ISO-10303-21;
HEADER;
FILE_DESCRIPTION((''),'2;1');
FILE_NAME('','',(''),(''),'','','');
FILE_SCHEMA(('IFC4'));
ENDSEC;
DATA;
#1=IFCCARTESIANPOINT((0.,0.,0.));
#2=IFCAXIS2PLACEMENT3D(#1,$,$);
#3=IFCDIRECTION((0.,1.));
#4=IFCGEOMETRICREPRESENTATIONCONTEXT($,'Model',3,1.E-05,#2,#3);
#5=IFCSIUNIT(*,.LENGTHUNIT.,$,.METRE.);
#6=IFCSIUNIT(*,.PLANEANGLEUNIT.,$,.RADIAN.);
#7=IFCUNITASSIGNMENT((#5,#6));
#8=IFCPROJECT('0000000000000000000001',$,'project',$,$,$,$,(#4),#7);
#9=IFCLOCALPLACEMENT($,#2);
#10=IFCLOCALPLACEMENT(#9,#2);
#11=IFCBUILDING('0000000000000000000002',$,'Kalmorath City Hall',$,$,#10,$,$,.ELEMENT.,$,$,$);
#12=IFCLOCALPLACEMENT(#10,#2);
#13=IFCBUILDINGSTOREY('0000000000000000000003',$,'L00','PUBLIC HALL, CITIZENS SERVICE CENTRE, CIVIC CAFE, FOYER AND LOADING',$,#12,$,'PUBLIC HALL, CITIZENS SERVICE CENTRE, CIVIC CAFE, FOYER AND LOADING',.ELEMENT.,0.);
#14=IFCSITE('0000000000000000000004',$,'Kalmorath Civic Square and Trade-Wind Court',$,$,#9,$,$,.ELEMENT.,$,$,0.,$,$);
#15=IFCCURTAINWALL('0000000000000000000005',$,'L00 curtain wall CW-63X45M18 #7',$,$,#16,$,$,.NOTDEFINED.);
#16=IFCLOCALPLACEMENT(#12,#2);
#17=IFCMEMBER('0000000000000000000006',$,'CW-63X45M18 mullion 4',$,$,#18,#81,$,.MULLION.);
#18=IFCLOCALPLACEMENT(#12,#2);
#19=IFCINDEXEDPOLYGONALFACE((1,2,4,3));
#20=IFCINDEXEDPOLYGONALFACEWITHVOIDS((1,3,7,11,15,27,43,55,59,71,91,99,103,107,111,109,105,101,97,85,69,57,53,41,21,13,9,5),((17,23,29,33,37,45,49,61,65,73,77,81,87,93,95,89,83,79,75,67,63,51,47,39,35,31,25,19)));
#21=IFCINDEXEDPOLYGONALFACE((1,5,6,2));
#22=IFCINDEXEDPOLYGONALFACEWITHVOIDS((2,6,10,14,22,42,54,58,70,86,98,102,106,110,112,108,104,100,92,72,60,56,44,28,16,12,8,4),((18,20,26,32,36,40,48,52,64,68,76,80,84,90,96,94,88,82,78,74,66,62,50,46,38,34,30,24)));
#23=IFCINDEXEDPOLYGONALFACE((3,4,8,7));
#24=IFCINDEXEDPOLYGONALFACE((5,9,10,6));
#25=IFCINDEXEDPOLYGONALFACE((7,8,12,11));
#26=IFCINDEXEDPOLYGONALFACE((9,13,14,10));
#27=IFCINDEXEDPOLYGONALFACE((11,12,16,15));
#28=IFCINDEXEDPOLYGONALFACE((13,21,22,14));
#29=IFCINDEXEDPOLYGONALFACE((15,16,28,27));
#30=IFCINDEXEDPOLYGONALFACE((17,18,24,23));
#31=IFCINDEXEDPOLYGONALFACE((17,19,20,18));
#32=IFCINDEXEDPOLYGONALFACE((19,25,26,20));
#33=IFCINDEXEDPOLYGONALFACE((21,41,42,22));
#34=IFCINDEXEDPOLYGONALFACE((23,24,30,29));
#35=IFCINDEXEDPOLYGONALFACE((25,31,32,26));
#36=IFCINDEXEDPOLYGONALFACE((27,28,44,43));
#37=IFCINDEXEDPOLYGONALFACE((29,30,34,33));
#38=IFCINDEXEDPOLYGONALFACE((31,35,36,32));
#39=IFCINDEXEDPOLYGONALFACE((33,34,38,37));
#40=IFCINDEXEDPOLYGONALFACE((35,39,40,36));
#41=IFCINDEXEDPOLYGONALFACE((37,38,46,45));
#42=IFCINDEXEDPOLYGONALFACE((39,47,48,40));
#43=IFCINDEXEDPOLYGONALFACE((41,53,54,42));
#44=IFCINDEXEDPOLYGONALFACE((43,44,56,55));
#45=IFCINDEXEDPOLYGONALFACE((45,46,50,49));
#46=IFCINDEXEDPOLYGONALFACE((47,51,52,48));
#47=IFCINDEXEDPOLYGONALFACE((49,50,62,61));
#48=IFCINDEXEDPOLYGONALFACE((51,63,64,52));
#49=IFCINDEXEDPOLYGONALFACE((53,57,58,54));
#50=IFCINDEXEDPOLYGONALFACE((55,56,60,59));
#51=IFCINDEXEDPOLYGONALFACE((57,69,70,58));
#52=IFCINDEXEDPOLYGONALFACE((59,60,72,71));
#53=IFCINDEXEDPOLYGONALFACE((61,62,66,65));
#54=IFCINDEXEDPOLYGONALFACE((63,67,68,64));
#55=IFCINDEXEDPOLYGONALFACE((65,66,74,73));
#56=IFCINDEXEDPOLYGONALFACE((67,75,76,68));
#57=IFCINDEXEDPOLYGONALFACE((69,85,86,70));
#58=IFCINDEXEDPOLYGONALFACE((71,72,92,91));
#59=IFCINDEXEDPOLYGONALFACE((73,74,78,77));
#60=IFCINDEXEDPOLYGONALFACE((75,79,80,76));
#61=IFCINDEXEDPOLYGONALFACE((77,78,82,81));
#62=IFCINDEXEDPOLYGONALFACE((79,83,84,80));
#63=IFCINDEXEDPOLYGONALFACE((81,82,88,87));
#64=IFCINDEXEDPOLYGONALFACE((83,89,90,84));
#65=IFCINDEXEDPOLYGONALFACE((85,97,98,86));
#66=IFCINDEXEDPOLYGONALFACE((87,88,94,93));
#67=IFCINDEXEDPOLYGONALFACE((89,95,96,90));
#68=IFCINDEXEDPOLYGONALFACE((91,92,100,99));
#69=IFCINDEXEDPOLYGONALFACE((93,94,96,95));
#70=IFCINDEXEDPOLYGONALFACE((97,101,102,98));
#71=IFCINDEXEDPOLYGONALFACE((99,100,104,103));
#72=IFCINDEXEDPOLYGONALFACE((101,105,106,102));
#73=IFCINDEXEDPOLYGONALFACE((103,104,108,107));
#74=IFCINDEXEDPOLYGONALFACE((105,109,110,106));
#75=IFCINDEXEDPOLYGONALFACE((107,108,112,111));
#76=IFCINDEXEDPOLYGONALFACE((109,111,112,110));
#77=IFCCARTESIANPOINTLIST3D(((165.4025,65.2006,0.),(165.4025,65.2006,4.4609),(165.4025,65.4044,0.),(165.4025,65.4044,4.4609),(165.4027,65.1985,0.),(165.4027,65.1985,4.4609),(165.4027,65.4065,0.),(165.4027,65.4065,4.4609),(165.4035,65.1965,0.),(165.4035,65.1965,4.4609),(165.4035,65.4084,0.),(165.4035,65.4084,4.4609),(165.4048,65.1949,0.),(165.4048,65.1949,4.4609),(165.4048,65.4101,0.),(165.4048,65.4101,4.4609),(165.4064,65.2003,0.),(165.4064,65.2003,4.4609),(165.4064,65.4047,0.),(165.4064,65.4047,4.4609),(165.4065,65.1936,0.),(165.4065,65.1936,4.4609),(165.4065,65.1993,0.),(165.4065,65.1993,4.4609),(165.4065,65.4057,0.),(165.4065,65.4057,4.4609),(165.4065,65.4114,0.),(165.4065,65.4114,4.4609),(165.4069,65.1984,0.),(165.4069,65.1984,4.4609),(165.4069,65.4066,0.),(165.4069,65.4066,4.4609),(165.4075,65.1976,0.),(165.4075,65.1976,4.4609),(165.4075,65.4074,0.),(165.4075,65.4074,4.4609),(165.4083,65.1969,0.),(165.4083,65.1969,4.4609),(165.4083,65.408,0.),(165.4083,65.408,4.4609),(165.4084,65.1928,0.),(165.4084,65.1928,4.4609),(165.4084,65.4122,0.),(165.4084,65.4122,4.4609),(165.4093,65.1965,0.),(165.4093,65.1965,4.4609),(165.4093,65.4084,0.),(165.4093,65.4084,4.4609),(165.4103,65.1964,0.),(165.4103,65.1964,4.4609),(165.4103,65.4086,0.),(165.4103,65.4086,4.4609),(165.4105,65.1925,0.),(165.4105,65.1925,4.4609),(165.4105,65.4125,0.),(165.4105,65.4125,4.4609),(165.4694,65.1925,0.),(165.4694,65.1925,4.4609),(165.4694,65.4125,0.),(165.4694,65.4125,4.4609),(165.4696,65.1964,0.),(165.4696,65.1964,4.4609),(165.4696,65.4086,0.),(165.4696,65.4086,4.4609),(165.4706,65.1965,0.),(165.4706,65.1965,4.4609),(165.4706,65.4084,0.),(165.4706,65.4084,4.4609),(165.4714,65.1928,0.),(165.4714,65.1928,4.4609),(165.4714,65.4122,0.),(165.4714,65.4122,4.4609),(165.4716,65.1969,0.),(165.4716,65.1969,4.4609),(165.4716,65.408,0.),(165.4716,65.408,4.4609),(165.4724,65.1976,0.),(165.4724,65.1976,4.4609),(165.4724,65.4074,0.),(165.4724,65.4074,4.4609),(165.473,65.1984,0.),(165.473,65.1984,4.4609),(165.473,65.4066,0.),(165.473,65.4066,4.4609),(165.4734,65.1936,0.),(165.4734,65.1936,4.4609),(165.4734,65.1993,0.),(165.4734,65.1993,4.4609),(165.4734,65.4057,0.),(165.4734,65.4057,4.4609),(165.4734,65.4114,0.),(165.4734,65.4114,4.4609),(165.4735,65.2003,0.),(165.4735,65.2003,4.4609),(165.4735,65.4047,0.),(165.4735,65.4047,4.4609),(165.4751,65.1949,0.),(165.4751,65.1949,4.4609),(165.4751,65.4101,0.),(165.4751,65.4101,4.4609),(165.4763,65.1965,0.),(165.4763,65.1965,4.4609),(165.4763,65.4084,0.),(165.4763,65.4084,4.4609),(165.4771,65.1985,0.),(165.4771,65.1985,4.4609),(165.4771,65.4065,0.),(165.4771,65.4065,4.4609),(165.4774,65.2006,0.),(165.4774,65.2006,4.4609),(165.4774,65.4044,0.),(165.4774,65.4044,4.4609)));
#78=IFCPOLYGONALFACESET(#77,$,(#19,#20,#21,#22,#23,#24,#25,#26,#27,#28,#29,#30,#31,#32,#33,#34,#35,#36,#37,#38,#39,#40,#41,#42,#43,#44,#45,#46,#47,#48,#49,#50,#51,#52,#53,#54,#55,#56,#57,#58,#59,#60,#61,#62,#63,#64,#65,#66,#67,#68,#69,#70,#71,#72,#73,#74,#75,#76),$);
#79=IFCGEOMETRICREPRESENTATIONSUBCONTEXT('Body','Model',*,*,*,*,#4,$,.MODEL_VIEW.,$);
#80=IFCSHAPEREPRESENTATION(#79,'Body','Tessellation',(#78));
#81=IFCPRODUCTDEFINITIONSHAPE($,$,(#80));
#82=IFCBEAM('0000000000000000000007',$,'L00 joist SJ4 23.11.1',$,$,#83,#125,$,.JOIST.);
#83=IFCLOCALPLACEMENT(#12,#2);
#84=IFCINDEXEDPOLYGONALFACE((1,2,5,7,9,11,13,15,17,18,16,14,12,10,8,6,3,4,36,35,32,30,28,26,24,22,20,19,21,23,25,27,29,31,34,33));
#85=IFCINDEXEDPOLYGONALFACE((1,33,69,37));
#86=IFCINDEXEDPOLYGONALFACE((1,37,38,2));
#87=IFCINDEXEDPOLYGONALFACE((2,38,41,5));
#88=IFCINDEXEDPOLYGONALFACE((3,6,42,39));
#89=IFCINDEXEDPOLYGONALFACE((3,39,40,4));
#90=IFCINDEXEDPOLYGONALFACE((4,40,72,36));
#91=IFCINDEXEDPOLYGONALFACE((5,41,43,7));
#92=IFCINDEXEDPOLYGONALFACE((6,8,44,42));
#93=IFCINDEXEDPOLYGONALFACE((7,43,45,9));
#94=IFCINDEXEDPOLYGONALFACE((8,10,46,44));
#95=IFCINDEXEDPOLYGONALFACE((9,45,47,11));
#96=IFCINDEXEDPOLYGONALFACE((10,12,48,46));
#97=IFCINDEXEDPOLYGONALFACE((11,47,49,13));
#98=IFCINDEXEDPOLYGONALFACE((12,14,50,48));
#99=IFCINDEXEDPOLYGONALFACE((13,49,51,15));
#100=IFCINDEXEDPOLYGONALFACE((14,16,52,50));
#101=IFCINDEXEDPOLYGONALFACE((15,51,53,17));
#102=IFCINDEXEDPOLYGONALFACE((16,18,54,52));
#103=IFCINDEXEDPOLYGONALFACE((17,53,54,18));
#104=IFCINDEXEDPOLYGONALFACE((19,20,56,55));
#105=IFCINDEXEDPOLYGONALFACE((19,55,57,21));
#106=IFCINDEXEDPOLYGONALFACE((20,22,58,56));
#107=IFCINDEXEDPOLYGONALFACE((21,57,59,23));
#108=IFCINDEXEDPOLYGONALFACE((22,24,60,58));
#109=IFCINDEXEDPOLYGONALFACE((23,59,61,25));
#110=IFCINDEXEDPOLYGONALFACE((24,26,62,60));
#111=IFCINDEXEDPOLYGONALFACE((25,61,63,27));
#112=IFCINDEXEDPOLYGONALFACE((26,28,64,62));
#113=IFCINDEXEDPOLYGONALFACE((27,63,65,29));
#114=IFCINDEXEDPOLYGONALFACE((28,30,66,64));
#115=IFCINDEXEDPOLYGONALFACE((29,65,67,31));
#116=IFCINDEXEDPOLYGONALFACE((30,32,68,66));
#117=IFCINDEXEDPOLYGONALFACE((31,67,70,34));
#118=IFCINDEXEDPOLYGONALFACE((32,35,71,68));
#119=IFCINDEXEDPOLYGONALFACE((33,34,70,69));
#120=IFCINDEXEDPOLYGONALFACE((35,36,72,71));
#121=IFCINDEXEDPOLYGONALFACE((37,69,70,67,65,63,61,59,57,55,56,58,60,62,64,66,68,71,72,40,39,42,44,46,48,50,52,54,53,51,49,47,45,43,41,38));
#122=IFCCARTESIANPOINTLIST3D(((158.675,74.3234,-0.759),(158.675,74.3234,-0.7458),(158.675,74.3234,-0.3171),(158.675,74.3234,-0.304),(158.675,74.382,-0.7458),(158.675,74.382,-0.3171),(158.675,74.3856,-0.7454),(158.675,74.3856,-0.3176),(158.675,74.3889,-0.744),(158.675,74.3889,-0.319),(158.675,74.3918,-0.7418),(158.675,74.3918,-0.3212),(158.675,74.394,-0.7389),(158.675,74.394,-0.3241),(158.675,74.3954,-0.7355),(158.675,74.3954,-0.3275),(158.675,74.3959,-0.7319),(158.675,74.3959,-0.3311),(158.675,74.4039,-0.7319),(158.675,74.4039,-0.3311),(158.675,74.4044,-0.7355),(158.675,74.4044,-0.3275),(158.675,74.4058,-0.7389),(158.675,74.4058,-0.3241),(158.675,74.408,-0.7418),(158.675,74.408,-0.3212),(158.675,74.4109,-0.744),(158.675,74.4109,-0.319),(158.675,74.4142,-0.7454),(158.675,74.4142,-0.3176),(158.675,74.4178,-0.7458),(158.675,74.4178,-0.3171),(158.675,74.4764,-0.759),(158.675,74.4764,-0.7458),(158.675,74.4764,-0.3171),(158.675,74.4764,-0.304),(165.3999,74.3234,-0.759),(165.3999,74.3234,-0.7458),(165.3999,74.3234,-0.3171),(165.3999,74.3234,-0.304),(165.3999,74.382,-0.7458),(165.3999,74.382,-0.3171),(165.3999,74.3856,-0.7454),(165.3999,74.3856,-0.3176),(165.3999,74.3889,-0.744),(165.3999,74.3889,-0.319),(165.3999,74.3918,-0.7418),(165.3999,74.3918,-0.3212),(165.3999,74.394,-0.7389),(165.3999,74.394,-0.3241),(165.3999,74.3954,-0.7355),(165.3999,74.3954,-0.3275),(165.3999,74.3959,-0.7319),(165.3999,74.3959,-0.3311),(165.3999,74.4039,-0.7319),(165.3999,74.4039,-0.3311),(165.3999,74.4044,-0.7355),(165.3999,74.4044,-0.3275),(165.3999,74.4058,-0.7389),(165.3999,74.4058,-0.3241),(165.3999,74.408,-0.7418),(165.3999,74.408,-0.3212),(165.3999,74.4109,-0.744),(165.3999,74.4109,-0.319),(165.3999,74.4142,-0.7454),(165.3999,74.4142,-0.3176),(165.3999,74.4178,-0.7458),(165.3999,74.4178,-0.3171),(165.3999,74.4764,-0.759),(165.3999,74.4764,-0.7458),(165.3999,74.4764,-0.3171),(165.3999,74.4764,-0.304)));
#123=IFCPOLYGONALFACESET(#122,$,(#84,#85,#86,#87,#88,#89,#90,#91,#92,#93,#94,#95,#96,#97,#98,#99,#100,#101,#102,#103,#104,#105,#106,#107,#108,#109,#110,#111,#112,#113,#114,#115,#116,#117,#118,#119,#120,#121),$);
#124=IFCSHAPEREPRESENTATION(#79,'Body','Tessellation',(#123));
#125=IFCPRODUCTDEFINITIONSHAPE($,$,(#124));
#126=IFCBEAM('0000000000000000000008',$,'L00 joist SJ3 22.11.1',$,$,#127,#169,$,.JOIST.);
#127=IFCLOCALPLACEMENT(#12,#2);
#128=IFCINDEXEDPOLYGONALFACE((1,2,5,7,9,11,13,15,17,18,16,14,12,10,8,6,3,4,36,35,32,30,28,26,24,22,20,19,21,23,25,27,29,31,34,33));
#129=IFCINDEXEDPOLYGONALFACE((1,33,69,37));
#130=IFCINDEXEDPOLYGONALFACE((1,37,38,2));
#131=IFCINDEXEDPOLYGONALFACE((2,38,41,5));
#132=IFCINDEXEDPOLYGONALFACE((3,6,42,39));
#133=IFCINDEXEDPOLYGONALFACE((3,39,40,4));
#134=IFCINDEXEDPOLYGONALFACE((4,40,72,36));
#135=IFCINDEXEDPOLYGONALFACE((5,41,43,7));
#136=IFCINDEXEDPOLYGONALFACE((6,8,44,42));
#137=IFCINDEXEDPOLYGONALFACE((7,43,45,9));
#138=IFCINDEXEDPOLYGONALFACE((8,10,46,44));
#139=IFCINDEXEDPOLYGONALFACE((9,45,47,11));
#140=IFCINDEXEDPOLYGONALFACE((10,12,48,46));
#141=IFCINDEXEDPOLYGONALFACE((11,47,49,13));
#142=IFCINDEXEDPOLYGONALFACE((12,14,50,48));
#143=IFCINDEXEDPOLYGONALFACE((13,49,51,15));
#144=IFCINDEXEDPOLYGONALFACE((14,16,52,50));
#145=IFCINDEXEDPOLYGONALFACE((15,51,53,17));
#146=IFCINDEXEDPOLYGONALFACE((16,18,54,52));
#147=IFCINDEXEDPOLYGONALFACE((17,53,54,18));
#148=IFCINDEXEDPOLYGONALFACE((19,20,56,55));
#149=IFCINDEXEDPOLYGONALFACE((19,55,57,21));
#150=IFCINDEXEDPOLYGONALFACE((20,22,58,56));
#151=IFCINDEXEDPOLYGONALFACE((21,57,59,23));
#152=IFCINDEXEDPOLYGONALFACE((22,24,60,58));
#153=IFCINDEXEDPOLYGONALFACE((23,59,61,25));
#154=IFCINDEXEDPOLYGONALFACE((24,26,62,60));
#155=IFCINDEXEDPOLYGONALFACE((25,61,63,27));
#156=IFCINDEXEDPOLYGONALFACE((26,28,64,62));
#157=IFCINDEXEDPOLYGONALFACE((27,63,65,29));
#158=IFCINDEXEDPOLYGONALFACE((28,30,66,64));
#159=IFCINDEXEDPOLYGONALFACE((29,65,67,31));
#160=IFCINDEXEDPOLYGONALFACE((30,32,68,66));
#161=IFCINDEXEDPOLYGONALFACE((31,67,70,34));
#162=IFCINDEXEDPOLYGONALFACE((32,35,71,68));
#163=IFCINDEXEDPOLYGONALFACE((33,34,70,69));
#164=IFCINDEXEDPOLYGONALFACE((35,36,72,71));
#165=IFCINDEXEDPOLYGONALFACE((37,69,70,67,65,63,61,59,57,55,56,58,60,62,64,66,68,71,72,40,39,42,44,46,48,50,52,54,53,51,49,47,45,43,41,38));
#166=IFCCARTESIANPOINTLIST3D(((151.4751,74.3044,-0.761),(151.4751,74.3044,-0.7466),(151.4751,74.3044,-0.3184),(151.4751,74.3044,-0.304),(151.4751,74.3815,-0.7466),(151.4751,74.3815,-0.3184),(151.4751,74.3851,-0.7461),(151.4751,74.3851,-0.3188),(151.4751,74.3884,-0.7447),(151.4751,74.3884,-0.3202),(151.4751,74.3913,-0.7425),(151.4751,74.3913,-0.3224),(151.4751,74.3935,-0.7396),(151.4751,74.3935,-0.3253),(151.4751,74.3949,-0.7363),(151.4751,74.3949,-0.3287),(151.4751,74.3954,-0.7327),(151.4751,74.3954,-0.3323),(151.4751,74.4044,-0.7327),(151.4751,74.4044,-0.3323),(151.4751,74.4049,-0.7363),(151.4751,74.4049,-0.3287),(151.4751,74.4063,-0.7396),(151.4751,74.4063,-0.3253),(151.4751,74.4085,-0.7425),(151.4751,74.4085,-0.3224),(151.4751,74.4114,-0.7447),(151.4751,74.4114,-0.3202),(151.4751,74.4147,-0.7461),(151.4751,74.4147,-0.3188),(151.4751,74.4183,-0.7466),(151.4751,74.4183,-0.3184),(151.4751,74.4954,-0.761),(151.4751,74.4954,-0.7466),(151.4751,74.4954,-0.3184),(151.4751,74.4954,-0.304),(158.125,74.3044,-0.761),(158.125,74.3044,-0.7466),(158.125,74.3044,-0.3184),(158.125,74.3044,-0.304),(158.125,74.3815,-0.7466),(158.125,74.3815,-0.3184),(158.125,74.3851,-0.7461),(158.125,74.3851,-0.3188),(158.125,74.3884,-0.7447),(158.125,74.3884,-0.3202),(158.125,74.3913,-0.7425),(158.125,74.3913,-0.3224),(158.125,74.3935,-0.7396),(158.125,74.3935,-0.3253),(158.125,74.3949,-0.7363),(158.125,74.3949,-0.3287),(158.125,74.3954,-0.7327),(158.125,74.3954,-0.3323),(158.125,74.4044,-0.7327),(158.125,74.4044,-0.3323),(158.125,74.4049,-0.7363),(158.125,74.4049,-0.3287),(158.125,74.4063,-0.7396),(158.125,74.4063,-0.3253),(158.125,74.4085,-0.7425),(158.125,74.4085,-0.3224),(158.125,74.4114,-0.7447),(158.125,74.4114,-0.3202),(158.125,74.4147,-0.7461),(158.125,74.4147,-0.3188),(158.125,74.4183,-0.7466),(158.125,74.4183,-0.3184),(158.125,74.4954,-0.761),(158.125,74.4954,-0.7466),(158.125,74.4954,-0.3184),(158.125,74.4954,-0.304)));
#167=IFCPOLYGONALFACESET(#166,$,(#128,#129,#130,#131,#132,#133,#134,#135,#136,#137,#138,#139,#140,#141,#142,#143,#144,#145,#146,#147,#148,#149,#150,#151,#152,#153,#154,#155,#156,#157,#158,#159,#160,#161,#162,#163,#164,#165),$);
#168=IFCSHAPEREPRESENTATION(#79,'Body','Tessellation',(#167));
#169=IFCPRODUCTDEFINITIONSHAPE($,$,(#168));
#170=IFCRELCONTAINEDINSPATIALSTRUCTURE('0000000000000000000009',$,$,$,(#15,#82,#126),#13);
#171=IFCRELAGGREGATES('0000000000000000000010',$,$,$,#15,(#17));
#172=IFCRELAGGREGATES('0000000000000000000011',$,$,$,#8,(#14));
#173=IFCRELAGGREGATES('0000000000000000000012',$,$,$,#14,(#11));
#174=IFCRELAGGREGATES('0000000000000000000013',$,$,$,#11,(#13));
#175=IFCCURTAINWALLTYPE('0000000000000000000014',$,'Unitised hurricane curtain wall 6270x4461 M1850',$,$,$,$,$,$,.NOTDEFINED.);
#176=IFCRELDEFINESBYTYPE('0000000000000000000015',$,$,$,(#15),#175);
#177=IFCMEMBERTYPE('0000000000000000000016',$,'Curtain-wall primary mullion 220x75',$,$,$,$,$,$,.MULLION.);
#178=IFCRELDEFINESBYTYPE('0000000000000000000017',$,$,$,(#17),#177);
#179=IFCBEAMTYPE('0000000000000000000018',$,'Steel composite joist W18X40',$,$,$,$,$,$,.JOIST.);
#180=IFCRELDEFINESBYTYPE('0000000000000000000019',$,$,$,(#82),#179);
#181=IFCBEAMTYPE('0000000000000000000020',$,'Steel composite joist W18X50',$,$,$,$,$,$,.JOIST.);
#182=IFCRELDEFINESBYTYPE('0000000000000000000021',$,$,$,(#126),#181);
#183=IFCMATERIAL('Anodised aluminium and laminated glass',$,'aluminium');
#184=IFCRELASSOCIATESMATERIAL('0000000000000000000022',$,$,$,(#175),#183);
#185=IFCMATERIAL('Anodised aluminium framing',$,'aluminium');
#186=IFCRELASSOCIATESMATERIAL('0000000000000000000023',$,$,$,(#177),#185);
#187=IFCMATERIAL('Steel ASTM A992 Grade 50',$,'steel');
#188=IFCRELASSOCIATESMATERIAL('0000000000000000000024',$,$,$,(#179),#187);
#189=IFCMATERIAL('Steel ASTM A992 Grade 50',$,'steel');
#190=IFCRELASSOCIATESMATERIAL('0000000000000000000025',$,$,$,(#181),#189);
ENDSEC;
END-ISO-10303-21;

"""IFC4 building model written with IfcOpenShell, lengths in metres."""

from ifc_helpers import new_model, si_unit, direction, frame, origin, origin_2d, place, context, subcontext, project, spatial, hollow_rectangle, i_section, extrude, material, material_profile, profile_set, type_object, element, aggregate, save


model = new_model("IFC4")

# Units and contexts
model_context = context("Model", 3, precision=1e-05, world=origin(), true_north=direction((0.0, 1.0)))
body_context = subcontext(model_context, "Body", "Model", "MODEL_VIEW")
ifc_project = project(units=[si_unit("LENGTHUNIT", "METRE"), si_unit("PLANEANGLEUNIT", "RADIAN")], contexts=[model_context])

# Site, building, storey
site_placement = place(None, origin())
site = spatial("IfcSite", under=ifc_project, at=site_placement, Name="Kalmorath Civic Square and Trade-Wind Court", CompositionType="ELEMENT", RefElevation=0.0)
building_placement = place(site_placement, origin())
building = spatial("IfcBuilding", under=site, at=building_placement, Name="Kalmorath City Hall", CompositionType="ELEMENT")
storey_placement = place(building_placement, origin())
storey = spatial("IfcBuildingStorey", under=building, at=storey_placement, Name="L00", Description="PUBLIC HALL, CITIZENS SERVICE CENTRE, CIVIC CAFE, FOYER AND LOADING", LongName="PUBLIC HALL, CITIZENS SERVICE CENTRE, CIVIC CAFE, FOYER AND LOADING", CompositionType="ELEMENT", Elevation=0.0)

# Curtain wall, member
ifc_material_1 = material(Name="Anodised aluminium and laminated glass", Category="aluminium")
curtain_wall_type = type_object("IfcCurtainWallType", Name="Unitised hurricane curtain wall 6270x4461 M1850", PredefinedType="NOTDEFINED", material=ifc_material_1)
curtain_wall_placement = place(storey_placement, origin())
curtain_wall = element("IfcCurtainWall", 1, at=curtain_wall_placement, inside=storey, type_object=curtain_wall_type, Name="L00 curtain wall CW-63X45M18 #7", PredefinedType="NOTDEFINED")
ifc_material_2 = material(Name="Anodised aluminium framing", Category="aluminium")
ifc_material_profile_1 = material_profile(ifc_material_2, hollow_rectangle(XDim=0.075, YDim=0.22, WallThickness=0.0039, InnerFilletRadius=0.0039, OuterFilletRadius=0.0081, at=origin_2d()), Name="ALU-MUL-220X75X4")
ifc_profile_set_1 = profile_set([ifc_material_profile_1], Name="Anodised aluminium framing")
member_type = type_object("IfcMemberType", Name="Curtain-wall primary mullion 220x75", PredefinedType="MULLION", material=ifc_profile_set_1)
member_placement = place(storey_placement, frame((165.4399, 65.3025, 0.0), z_axis=(0.0, 0.0, 1.0), x_axis=(1.0, 0.0, 0.0)))
member = element("IfcMember", 2, at=member_placement, type_object=member_type, Name="CW-63X45M18 mullion 4", PredefinedType="MULLION", context=body_context, shape_type="SweptSolid", body=[
    extrude(hollow_rectangle(XDim=0.075, YDim=0.22, WallThickness=0.0039, InnerFilletRadius=0.0039, OuterFilletRadius=0.0081, at=origin_2d()), origin(), (0.0, 0.0, 1.0), 4.4609),
])

# Beams
ifc_material_3 = material(Name="Steel ASTM A992 Grade 50", Category="steel")
ifc_material_profile_2 = material_profile(ifc_material_3, i_section(OverallWidth=0.1531, OverallDepth=0.4551, WebThickness=0.0081, FlangeThickness=0.0132, FilletRadius=0.0139, at=origin_2d()), Name="W18X40")
ifc_profile_set_2 = profile_set([ifc_material_profile_2], Name="Steel ASTM A992 Grade 50")
beam_type_1 = type_object("IfcBeamType", Name="Steel composite joist W18X40", PredefinedType="JOIST", material=ifc_profile_set_2)
beam_1_placement = place(storey_placement, frame((158.675, 74.3999, -0.5315), z_axis=(1.0, 0.0, 0.0), x_axis=(0.0, 1.0, 0.0)))
element("IfcBeam", 3, at=beam_1_placement, inside=storey, type_object=beam_type_1, Name="L00 joist SJ4 23.11.1", PredefinedType="JOIST", context=body_context, shape_type="SweptSolid", body=[
    extrude(i_section(OverallWidth=0.1531, OverallDepth=0.4551, WebThickness=0.0081, FlangeThickness=0.0132, FilletRadius=0.0139, at=origin_2d()), origin(), (0.0, 0.0, 1.0), 6.7249),
])
ifc_material_4 = material(Name="Steel ASTM A992 Grade 50", Category="steel")
ifc_material_profile_3 = material_profile(ifc_material_4, i_section(OverallWidth=0.1909, OverallDepth=0.457, WebThickness=0.009, FlangeThickness=0.0144, FilletRadius=0.0139, at=origin_2d()), Name="W18X50")
ifc_profile_set_3 = profile_set([ifc_material_profile_3], Name="Steel ASTM A992 Grade 50")
beam_type_2 = type_object("IfcBeamType", Name="Steel composite joist W18X50", PredefinedType="JOIST", material=ifc_profile_set_3)
beam_2_placement = place(storey_placement, frame((151.4751, 74.3999, -0.5325), z_axis=(1.0, 0.0, 0.0), x_axis=(0.0, 1.0, 0.0)))
element("IfcBeam", 4, at=beam_2_placement, inside=storey, type_object=beam_type_2, Name="L00 joist SJ3 22.11.1", PredefinedType="JOIST", context=body_context, shape_type="SweptSolid", body=[
    extrude(i_section(OverallWidth=0.1909, OverallDepth=0.457, WebThickness=0.009, FlangeThickness=0.0144, FilletRadius=0.0139, at=origin_2d()), origin(), (0.0, 0.0, 1.0), 6.6499),
])

aggregate(curtain_wall, [member])

save(model, "model.ifc")
